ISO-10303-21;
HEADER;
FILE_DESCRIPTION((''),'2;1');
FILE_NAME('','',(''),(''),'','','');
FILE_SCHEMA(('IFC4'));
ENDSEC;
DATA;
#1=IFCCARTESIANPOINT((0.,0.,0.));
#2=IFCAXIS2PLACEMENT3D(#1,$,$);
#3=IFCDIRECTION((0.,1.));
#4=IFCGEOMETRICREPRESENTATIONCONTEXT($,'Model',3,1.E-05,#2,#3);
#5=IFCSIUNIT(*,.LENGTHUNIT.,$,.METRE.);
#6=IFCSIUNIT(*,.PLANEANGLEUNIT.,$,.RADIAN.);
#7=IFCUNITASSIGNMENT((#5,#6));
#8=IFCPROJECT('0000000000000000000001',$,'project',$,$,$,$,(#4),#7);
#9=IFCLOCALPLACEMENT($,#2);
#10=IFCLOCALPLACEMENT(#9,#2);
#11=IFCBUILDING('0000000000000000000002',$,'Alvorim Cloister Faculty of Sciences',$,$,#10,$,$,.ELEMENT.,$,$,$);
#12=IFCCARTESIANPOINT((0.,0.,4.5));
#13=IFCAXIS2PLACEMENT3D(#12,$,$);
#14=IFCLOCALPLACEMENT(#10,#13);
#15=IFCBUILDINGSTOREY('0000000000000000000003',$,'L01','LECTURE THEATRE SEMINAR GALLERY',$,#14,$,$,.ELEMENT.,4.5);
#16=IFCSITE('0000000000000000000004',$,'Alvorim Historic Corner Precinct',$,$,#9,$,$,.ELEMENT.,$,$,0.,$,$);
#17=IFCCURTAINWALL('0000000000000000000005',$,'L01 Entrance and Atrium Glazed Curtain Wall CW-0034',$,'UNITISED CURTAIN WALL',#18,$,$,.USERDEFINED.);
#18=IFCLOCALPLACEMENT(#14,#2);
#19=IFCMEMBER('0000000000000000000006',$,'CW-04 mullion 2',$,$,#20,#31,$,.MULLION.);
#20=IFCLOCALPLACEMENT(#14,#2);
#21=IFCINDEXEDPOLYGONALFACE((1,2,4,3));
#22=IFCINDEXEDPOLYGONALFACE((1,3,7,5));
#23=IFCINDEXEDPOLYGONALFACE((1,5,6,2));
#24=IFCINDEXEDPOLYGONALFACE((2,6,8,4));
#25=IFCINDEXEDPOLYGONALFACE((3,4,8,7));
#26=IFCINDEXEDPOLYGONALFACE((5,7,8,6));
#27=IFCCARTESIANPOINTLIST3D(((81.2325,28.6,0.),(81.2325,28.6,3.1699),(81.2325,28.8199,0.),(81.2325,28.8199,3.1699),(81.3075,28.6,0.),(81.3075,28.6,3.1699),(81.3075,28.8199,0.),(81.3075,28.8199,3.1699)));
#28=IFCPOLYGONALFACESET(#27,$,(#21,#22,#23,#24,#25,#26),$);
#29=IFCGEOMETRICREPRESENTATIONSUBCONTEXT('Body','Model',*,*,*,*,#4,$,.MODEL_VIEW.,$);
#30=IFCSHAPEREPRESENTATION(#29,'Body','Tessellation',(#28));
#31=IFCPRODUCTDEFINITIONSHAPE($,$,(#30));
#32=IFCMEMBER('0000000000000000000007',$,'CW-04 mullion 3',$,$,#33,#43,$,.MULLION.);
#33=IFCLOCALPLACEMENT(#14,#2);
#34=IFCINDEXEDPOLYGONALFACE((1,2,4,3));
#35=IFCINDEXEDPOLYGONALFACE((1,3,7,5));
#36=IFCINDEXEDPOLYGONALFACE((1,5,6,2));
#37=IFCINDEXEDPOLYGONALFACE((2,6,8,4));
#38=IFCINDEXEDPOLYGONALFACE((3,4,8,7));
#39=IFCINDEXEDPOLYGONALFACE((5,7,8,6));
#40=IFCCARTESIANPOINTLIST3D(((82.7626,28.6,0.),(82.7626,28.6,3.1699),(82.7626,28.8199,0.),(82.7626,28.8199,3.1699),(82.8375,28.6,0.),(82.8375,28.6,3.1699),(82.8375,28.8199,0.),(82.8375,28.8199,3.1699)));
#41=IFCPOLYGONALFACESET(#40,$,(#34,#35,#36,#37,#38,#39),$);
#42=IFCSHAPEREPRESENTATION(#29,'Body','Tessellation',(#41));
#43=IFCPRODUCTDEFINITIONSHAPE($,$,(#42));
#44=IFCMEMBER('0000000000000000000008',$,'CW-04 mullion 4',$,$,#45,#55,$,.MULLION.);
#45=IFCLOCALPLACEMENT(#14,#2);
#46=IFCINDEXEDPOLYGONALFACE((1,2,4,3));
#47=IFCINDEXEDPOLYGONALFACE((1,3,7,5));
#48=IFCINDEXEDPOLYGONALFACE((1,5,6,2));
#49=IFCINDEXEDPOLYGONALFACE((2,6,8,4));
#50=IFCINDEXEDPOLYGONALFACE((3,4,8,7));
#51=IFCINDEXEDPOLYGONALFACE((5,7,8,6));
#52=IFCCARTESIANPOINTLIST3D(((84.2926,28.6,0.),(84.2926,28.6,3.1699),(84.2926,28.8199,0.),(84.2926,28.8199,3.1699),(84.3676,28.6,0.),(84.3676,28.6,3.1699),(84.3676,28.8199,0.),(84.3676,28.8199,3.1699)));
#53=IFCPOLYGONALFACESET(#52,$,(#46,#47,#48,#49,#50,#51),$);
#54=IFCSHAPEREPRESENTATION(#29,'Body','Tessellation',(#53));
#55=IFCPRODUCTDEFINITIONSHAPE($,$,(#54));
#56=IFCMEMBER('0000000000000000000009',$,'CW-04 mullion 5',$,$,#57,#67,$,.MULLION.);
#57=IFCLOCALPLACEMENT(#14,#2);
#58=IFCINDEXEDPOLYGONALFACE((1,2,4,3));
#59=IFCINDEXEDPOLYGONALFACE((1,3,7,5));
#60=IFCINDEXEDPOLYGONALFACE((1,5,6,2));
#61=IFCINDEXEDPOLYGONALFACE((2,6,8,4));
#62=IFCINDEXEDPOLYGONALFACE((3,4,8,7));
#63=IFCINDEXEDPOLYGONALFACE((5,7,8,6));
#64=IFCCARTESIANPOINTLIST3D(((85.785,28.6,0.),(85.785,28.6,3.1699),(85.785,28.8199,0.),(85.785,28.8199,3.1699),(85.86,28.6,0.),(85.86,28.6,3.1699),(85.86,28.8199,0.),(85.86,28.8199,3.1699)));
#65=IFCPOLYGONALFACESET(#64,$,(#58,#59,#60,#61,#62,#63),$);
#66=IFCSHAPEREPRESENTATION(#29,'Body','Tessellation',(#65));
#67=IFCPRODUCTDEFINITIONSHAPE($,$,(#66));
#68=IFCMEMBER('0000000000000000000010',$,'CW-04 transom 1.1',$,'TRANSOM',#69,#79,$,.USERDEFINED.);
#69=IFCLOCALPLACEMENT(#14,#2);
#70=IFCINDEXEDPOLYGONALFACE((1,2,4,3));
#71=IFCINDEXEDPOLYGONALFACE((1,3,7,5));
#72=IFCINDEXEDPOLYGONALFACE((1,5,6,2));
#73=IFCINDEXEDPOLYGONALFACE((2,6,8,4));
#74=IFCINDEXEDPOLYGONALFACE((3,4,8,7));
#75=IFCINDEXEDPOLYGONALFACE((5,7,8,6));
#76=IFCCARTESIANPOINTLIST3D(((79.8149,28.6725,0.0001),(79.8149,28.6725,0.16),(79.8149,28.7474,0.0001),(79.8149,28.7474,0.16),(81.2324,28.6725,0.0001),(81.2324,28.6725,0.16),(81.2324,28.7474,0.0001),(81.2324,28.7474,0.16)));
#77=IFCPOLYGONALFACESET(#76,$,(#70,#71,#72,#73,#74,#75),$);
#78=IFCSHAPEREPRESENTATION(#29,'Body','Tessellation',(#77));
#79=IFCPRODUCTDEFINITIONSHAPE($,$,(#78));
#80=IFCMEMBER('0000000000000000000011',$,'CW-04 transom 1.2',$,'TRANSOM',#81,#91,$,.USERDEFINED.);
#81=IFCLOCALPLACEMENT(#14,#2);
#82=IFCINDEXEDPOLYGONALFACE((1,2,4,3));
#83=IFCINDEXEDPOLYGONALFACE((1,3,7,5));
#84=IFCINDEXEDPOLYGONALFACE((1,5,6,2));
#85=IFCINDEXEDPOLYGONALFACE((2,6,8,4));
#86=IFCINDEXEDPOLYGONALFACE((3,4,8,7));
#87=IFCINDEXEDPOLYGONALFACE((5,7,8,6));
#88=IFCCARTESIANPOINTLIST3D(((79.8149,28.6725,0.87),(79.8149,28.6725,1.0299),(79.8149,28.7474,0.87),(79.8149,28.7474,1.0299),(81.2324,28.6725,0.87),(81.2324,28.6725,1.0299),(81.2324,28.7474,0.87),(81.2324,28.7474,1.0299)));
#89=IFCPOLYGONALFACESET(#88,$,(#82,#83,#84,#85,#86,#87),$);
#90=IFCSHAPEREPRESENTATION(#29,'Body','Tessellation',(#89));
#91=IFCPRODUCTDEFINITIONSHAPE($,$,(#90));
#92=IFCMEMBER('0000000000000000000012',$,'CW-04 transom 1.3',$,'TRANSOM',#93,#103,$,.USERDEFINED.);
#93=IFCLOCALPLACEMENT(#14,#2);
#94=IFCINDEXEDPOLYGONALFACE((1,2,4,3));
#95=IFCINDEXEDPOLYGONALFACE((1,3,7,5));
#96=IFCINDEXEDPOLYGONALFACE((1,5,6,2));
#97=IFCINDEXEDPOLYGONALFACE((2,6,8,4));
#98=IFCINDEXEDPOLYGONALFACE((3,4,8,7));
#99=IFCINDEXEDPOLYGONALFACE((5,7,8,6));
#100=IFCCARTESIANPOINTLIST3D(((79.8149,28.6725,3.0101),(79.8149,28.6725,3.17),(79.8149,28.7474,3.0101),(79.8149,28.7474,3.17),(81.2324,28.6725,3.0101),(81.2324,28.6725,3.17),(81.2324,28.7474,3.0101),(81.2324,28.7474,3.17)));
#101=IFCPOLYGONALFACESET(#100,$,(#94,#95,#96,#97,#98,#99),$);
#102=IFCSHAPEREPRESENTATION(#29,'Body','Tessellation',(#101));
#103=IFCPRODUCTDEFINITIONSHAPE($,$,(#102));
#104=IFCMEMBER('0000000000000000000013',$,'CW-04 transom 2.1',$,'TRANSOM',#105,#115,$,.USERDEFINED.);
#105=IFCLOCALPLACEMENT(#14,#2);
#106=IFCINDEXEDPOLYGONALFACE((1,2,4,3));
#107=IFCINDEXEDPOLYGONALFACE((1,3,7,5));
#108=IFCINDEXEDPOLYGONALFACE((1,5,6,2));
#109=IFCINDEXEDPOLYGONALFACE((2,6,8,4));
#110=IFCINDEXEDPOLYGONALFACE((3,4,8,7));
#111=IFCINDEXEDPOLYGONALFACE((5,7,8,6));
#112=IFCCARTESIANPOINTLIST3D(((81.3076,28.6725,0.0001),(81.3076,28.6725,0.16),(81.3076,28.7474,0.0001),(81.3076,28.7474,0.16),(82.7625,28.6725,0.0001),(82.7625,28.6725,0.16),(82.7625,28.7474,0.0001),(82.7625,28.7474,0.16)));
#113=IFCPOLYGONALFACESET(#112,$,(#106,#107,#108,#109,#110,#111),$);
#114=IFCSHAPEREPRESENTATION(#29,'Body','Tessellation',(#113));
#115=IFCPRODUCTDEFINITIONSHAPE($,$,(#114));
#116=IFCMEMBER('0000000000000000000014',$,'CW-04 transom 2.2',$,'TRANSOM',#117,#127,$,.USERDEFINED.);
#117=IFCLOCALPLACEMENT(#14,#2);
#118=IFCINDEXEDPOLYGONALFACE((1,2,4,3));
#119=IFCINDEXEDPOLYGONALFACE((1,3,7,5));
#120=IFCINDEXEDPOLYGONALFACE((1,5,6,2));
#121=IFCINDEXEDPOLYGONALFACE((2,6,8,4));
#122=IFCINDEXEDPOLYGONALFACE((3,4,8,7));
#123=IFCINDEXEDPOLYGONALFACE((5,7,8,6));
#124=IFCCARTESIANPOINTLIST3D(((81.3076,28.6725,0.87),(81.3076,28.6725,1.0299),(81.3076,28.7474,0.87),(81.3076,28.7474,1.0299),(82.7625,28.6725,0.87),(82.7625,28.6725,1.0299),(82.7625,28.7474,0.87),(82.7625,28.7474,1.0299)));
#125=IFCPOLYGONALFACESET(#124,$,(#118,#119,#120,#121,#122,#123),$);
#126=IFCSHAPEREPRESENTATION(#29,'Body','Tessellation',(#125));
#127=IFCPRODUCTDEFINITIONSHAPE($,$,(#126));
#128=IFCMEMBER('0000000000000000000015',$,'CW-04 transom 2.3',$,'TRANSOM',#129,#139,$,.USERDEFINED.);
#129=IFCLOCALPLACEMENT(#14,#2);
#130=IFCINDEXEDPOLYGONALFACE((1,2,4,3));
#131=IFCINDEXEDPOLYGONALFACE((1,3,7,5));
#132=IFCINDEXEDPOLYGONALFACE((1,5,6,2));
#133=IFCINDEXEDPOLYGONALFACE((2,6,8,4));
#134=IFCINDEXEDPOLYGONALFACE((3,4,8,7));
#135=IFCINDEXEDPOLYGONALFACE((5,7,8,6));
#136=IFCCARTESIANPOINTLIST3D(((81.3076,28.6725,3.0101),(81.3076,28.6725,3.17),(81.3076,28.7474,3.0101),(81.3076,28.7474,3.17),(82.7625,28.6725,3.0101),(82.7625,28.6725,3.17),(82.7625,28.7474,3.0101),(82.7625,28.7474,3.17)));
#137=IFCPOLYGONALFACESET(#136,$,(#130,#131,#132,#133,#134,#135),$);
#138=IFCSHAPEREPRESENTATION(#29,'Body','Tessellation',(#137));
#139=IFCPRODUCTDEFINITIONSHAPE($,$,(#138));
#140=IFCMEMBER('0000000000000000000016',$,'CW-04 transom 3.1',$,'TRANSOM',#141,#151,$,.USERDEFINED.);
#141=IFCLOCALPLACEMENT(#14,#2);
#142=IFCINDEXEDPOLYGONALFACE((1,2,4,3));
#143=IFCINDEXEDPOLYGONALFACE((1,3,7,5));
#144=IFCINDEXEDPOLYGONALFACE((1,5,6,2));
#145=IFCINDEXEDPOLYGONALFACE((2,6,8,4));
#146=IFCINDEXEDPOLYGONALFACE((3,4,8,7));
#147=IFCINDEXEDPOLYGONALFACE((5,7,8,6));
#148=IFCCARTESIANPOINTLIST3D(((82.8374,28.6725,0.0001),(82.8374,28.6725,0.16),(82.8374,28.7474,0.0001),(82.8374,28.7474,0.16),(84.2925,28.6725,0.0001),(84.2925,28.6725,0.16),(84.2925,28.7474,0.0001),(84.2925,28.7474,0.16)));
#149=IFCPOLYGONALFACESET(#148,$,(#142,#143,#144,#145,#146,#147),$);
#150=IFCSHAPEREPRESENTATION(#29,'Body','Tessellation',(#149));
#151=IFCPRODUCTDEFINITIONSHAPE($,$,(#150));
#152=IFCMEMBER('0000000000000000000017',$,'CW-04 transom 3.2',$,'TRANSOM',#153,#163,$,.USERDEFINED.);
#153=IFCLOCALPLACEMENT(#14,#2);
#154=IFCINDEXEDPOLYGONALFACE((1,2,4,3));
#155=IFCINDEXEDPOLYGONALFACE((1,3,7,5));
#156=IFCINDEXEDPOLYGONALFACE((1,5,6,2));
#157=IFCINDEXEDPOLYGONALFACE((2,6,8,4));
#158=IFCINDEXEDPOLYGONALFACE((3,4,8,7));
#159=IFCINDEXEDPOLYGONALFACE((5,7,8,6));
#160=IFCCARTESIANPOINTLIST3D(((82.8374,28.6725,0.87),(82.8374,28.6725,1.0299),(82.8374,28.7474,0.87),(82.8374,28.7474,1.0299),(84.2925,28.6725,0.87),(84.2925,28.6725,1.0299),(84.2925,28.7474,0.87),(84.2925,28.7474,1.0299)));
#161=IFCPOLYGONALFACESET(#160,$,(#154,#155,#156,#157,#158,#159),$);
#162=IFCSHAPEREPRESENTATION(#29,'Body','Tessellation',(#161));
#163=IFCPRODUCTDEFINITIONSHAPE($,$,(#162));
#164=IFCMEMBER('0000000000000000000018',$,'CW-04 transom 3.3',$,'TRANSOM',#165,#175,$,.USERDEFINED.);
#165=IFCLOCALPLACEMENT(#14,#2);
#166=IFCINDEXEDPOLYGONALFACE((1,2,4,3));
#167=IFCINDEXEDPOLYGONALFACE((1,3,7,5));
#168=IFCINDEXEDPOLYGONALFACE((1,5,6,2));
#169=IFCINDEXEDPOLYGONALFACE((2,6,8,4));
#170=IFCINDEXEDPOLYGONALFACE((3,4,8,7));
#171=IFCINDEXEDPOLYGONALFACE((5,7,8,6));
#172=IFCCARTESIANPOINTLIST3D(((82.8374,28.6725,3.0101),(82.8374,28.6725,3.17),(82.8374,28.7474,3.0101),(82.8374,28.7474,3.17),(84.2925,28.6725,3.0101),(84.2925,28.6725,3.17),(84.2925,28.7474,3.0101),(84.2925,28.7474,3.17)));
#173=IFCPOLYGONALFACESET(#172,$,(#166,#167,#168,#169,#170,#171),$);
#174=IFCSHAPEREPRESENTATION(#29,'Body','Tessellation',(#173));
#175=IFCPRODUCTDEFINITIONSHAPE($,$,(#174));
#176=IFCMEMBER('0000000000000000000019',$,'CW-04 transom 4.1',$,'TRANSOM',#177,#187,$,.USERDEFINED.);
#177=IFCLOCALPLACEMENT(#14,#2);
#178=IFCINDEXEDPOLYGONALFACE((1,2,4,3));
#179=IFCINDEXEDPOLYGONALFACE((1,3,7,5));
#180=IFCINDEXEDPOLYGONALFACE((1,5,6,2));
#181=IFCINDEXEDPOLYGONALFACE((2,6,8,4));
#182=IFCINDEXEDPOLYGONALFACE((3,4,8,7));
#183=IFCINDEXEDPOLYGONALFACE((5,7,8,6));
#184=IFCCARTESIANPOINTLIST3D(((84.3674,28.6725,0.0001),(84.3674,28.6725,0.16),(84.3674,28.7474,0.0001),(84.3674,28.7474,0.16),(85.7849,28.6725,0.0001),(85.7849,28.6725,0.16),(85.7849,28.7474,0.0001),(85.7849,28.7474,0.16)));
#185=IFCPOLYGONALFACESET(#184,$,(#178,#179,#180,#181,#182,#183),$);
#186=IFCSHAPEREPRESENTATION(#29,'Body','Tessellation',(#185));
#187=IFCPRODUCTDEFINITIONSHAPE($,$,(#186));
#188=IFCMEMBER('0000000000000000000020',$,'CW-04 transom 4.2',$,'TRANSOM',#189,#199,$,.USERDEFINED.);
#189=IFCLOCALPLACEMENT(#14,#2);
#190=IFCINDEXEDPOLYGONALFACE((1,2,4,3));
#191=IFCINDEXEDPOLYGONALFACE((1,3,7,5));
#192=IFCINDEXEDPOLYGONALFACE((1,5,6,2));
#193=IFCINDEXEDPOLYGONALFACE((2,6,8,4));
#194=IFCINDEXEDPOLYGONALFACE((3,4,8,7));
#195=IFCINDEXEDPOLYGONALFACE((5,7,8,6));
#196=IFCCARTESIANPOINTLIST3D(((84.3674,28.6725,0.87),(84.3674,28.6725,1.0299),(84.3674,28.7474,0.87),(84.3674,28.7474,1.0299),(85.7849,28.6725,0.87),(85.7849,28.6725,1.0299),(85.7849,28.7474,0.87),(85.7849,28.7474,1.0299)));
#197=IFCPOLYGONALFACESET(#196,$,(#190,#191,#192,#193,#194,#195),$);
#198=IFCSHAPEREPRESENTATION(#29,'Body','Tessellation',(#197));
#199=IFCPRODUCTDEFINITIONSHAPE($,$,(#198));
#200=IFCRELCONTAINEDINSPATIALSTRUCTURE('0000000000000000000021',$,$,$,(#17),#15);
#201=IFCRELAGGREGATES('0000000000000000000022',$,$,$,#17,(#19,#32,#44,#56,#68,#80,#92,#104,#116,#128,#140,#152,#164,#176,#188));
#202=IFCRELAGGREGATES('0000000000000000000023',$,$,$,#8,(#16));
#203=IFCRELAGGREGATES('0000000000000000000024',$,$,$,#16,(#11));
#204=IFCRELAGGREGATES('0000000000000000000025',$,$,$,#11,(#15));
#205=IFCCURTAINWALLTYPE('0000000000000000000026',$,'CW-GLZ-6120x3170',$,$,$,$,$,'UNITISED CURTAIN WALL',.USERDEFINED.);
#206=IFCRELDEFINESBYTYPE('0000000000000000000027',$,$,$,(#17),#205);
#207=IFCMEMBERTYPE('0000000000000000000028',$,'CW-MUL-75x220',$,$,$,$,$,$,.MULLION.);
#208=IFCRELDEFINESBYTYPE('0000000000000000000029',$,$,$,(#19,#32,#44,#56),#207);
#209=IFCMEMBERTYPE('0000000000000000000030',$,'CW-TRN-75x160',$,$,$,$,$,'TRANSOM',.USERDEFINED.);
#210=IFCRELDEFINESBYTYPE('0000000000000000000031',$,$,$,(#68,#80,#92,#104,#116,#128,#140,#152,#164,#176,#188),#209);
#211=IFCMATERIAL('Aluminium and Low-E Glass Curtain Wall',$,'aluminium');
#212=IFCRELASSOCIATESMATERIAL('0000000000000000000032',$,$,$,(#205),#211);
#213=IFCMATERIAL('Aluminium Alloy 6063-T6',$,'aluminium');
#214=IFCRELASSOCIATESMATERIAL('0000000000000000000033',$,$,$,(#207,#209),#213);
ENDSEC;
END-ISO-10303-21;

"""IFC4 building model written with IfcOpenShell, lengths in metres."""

from ifc_helpers import new_model, si_unit, direction, frame, origin, origin_2d, place, context, subcontext, project, spatial, rectangle, extrude, material, material_profile, profile_set, type_object, element, aggregate, save


model = new_model("IFC4")

# Units and contexts
model_context = context("Model", 3, precision=1e-05, world=origin(), true_north=direction((0.0, 1.0)))
body_context = subcontext(model_context, "Body", "Model", "MODEL_VIEW")
ifc_project = project(units=[si_unit("LENGTHUNIT", "METRE"), si_unit("PLANEANGLEUNIT", "RADIAN")], contexts=[model_context])

# Site, building, storey
site_placement = place(None, origin())
site = spatial("IfcSite", under=ifc_project, at=site_placement, Name="Alvorim Historic Corner Precinct", CompositionType="ELEMENT", RefElevation=0.0)
building_placement = place(site_placement, origin())
building = spatial("IfcBuilding", under=site, at=building_placement, Name="Alvorim Cloister Faculty of Sciences", CompositionType="ELEMENT")
storey_placement = place(building_placement, frame((0.0, 0.0, 4.5)))
storey = spatial("IfcBuildingStorey", under=building, at=storey_placement, Name="L01", Description="LECTURE THEATRE SEMINAR GALLERY", CompositionType="ELEMENT", Elevation=4.5)

# Curtain wall, members
ifc_material_1 = material(Name="Aluminium and Low-E Glass Curtain Wall", Category="aluminium")
curtain_wall_type = type_object("IfcCurtainWallType", Name="CW-GLZ-6120x3170", ElementType="UNITISED CURTAIN WALL", PredefinedType="USERDEFINED", material=ifc_material_1)
curtain_wall_placement = place(storey_placement, origin())
curtain_wall = element("IfcCurtainWall", 1, at=curtain_wall_placement, inside=storey, type_object=curtain_wall_type, Name="L01 Entrance and Atrium Glazed Curtain Wall CW-0034", ObjectType="UNITISED CURTAIN WALL", PredefinedType="USERDEFINED")
ifc_material_2 = material(Name="Aluminium Alloy 6063-T6", Category="aluminium")
ifc_material_profile_1 = material_profile(ifc_material_2, rectangle(XDim=0.075, YDim=0.22, at=origin_2d()), Name="ALU-MUL-75x220")
ifc_profile_set_1 = profile_set([ifc_material_profile_1], Name="Aluminium Alloy 6063-T6")
member_type_1 = type_object("IfcMemberType", Name="CW-MUL-75x220", PredefinedType="MULLION", material=ifc_profile_set_1)
member_1_placement = place(storey_placement, frame((81.27, 28.71, 0.0), z_axis=(0.0, 0.0, 1.0), x_axis=(1.0, 0.0, 0.0)))
member_1 = element("IfcMember", 2, at=member_1_placement, type_object=member_type_1, Name="CW-04 mullion 2", PredefinedType="MULLION", context=body_context, shape_type="SweptSolid", body=[
    extrude(rectangle(XDim=0.075, YDim=0.22, at=origin_2d()), origin(), (0.0, 0.0, 1.0), 3.1699),
])
member_2_placement = place(storey_placement, frame((82.8, 28.71, 0.0), z_axis=(0.0, 0.0, 1.0), x_axis=(1.0, 0.0, 0.0)))
member_2 = element("IfcMember", 3, at=member_2_placement, type_object=member_type_1, Name="CW-04 mullion 3", PredefinedType="MULLION", context=body_context, shape_type="SweptSolid", body=[
    extrude(rectangle(XDim=0.075, YDim=0.22, at=origin_2d()), origin(), (0.0, 0.0, 1.0), 3.1699),
])
member_3_placement = place(storey_placement, frame((84.3301, 28.71, 0.0), z_axis=(0.0, 0.0, 1.0), x_axis=(1.0, 0.0, 0.0)))
member_3 = element("IfcMember", 4, at=member_3_placement, type_object=member_type_1, Name="CW-04 mullion 4", PredefinedType="MULLION", context=body_context, shape_type="SweptSolid", body=[
    extrude(rectangle(XDim=0.075, YDim=0.22, at=origin_2d()), origin(), (0.0, 0.0, 1.0), 3.1699),
])
member_4_placement = place(storey_placement, frame((85.8225, 28.71, 0.0), z_axis=(0.0, 0.0, 1.0), x_axis=(1.0, 0.0, 0.0)))
member_4 = element("IfcMember", 5, at=member_4_placement, type_object=member_type_1, Name="CW-04 mullion 5", PredefinedType="MULLION", context=body_context, shape_type="SweptSolid", body=[
    extrude(rectangle(XDim=0.075, YDim=0.22, at=origin_2d()), origin(), (0.0, 0.0, 1.0), 3.1699),
])
ifc_material_profile_2 = material_profile(ifc_material_2, rectangle(XDim=0.075, YDim=0.1599, at=origin_2d()), Name="ALU-TRN-75x160")
ifc_profile_set_2 = profile_set([ifc_material_profile_2], Name="Aluminium Alloy 6063-T6")
member_type_2 = type_object("IfcMemberType", Name="CW-TRN-75x160", ElementType="TRANSOM", PredefinedType="USERDEFINED", material=ifc_profile_set_2)
member_5_placement = place(storey_placement, frame((79.8149, 28.71, 0.0801), z_axis=(1.0, 0.0, 0.0), x_axis=(0.0, 1.0, 0.0)))
member_5 = element("IfcMember", 6, at=member_5_placement, type_object=member_type_2, Name="CW-04 transom 1.1", ObjectType="TRANSOM", PredefinedType="USERDEFINED", context=body_context, shape_type="SweptSolid", body=[
    extrude(rectangle(XDim=0.075, YDim=0.1599, at=origin_2d()), origin(), (0.0, 0.0, 1.0), 1.4175),
])
member_6_placement = place(storey_placement, frame((79.8149, 28.71, 0.95), z_axis=(1.0, 0.0, 0.0), x_axis=(0.0, 1.0, 0.0)))
member_6 = element("IfcMember", 7, at=member_6_placement, type_object=member_type_2, Name="CW-04 transom 1.2", ObjectType="TRANSOM", PredefinedType="USERDEFINED", context=body_context, shape_type="SweptSolid", body=[
    extrude(rectangle(XDim=0.075, YDim=0.1599, at=origin_2d()), origin(), (0.0, 0.0, 1.0), 1.4175),
])
member_7_placement = place(storey_placement, frame((79.8149, 28.71, 3.0901), z_axis=(1.0, 0.0, 0.0), x_axis=(0.0, 1.0, 0.0)))
member_7 = element("IfcMember", 8, at=member_7_placement, type_object=member_type_2, Name="CW-04 transom 1.3", ObjectType="TRANSOM", PredefinedType="USERDEFINED", context=body_context, shape_type="SweptSolid", body=[
    extrude(rectangle(XDim=0.075, YDim=0.1599, at=origin_2d()), origin(), (0.0, 0.0, 1.0), 1.4175),
])
member_8_placement = place(storey_placement, frame((81.3076, 28.71, 0.0801), z_axis=(1.0, 0.0, 0.0), x_axis=(0.0, 1.0, 0.0)))
member_8 = element("IfcMember", 9, at=member_8_placement, type_object=member_type_2, Name="CW-04 transom 2.1", ObjectType="TRANSOM", PredefinedType="USERDEFINED", context=body_context, shape_type="SweptSolid", body=[
    extrude(rectangle(XDim=0.075, YDim=0.1599, at=origin_2d()), origin(), (0.0, 0.0, 1.0), 1.4548),
])
member_9_placement = place(storey_placement, frame((81.3076, 28.71, 0.95), z_axis=(1.0, 0.0, 0.0), x_axis=(0.0, 1.0, 0.0)))
member_9 = element("IfcMember", 10, at=member_9_placement, type_object=member_type_2, Name="CW-04 transom 2.2", ObjectType="TRANSOM", PredefinedType="USERDEFINED", context=body_context, shape_type="SweptSolid", body=[
    extrude(rectangle(XDim=0.075, YDim=0.1599, at=origin_2d()), origin(), (0.0, 0.0, 1.0), 1.4548),
])
member_10_placement = place(storey_placement, frame((81.3076, 28.71, 3.0901), z_axis=(1.0, 0.0, 0.0), x_axis=(0.0, 1.0, 0.0)))
member_10 = element("IfcMember", 11, at=member_10_placement, type_object=member_type_2, Name="CW-04 transom 2.3", ObjectType="TRANSOM", PredefinedType="USERDEFINED", context=body_context, shape_type="SweptSolid", body=[
    extrude(rectangle(XDim=0.075, YDim=0.1599, at=origin_2d()), origin(), (0.0, 0.0, 1.0), 1.4548),
])
member_11_placement = place(storey_placement, frame((82.8374, 28.71, 0.0801), z_axis=(1.0, 0.0, 0.0), x_axis=(0.0, 1.0, 0.0)))
member_11 = element("IfcMember", 12, at=member_11_placement, type_object=member_type_2, Name="CW-04 transom 3.1", ObjectType="TRANSOM", PredefinedType="USERDEFINED", context=body_context, shape_type="SweptSolid", body=[
    extrude(rectangle(XDim=0.075, YDim=0.1599, at=origin_2d()), origin(), (0.0, 0.0, 1.0), 1.4551),
])
member_12_placement = place(storey_placement, frame((82.8374, 28.71, 0.95), z_axis=(1.0, 0.0, 0.0), x_axis=(0.0, 1.0, 0.0)))
member_12 = element("IfcMember", 13, at=member_12_placement, type_object=member_type_2, Name="CW-04 transom 3.2", ObjectType="TRANSOM", PredefinedType="USERDEFINED", context=body_context, shape_type="SweptSolid", body=[
    extrude(rectangle(XDim=0.075, YDim=0.1599, at=origin_2d()), origin(), (0.0, 0.0, 1.0), 1.4551),
])
member_13_placement = place(storey_placement, frame((82.8374, 28.71, 3.0901), z_axis=(1.0, 0.0, 0.0), x_axis=(0.0, 1.0, 0.0)))
member_13 = element("IfcMember", 14, at=member_13_placement, type_object=member_type_2, Name="CW-04 transom 3.3", ObjectType="TRANSOM", PredefinedType="USERDEFINED", context=body_context, shape_type="SweptSolid", body=[
    extrude(rectangle(XDim=0.075, YDim=0.1599, at=origin_2d()), origin(), (0.0, 0.0, 1.0), 1.4551),
])
member_14_placement = place(storey_placement, frame((84.3674, 28.71, 0.0801), z_axis=(1.0, 0.0, 0.0), x_axis=(0.0, 1.0, 0.0)))
member_14 = element("IfcMember", 15, at=member_14_placement, type_object=member_type_2, Name="CW-04 transom 4.1", ObjectType="TRANSOM", PredefinedType="USERDEFINED", context=body_context, shape_type="SweptSolid", body=[
    extrude(rectangle(XDim=0.075, YDim=0.1599, at=origin_2d()), origin(), (0.0, 0.0, 1.0), 1.4175),
])
member_15_placement = place(storey_placement, frame((84.3674, 28.71, 0.95), z_axis=(1.0, 0.0, 0.0), x_axis=(0.0, 1.0, 0.0)))
member_15 = element("IfcMember", 16, at=member_15_placement, type_object=member_type_2, Name="CW-04 transom 4.2", ObjectType="TRANSOM", PredefinedType="USERDEFINED", context=body_context, shape_type="SweptSolid", body=[
    extrude(rectangle(XDim=0.075, YDim=0.1599, at=origin_2d()), origin(), (0.0, 0.0, 1.0), 1.4175),
])
aggregate(curtain_wall, [member_1, member_2, member_3, member_4, member_5, member_6, member_7, member_8, member_9, member_10, member_11, member_12, member_13, member_14, member_15])

save(model, "model.ifc")
